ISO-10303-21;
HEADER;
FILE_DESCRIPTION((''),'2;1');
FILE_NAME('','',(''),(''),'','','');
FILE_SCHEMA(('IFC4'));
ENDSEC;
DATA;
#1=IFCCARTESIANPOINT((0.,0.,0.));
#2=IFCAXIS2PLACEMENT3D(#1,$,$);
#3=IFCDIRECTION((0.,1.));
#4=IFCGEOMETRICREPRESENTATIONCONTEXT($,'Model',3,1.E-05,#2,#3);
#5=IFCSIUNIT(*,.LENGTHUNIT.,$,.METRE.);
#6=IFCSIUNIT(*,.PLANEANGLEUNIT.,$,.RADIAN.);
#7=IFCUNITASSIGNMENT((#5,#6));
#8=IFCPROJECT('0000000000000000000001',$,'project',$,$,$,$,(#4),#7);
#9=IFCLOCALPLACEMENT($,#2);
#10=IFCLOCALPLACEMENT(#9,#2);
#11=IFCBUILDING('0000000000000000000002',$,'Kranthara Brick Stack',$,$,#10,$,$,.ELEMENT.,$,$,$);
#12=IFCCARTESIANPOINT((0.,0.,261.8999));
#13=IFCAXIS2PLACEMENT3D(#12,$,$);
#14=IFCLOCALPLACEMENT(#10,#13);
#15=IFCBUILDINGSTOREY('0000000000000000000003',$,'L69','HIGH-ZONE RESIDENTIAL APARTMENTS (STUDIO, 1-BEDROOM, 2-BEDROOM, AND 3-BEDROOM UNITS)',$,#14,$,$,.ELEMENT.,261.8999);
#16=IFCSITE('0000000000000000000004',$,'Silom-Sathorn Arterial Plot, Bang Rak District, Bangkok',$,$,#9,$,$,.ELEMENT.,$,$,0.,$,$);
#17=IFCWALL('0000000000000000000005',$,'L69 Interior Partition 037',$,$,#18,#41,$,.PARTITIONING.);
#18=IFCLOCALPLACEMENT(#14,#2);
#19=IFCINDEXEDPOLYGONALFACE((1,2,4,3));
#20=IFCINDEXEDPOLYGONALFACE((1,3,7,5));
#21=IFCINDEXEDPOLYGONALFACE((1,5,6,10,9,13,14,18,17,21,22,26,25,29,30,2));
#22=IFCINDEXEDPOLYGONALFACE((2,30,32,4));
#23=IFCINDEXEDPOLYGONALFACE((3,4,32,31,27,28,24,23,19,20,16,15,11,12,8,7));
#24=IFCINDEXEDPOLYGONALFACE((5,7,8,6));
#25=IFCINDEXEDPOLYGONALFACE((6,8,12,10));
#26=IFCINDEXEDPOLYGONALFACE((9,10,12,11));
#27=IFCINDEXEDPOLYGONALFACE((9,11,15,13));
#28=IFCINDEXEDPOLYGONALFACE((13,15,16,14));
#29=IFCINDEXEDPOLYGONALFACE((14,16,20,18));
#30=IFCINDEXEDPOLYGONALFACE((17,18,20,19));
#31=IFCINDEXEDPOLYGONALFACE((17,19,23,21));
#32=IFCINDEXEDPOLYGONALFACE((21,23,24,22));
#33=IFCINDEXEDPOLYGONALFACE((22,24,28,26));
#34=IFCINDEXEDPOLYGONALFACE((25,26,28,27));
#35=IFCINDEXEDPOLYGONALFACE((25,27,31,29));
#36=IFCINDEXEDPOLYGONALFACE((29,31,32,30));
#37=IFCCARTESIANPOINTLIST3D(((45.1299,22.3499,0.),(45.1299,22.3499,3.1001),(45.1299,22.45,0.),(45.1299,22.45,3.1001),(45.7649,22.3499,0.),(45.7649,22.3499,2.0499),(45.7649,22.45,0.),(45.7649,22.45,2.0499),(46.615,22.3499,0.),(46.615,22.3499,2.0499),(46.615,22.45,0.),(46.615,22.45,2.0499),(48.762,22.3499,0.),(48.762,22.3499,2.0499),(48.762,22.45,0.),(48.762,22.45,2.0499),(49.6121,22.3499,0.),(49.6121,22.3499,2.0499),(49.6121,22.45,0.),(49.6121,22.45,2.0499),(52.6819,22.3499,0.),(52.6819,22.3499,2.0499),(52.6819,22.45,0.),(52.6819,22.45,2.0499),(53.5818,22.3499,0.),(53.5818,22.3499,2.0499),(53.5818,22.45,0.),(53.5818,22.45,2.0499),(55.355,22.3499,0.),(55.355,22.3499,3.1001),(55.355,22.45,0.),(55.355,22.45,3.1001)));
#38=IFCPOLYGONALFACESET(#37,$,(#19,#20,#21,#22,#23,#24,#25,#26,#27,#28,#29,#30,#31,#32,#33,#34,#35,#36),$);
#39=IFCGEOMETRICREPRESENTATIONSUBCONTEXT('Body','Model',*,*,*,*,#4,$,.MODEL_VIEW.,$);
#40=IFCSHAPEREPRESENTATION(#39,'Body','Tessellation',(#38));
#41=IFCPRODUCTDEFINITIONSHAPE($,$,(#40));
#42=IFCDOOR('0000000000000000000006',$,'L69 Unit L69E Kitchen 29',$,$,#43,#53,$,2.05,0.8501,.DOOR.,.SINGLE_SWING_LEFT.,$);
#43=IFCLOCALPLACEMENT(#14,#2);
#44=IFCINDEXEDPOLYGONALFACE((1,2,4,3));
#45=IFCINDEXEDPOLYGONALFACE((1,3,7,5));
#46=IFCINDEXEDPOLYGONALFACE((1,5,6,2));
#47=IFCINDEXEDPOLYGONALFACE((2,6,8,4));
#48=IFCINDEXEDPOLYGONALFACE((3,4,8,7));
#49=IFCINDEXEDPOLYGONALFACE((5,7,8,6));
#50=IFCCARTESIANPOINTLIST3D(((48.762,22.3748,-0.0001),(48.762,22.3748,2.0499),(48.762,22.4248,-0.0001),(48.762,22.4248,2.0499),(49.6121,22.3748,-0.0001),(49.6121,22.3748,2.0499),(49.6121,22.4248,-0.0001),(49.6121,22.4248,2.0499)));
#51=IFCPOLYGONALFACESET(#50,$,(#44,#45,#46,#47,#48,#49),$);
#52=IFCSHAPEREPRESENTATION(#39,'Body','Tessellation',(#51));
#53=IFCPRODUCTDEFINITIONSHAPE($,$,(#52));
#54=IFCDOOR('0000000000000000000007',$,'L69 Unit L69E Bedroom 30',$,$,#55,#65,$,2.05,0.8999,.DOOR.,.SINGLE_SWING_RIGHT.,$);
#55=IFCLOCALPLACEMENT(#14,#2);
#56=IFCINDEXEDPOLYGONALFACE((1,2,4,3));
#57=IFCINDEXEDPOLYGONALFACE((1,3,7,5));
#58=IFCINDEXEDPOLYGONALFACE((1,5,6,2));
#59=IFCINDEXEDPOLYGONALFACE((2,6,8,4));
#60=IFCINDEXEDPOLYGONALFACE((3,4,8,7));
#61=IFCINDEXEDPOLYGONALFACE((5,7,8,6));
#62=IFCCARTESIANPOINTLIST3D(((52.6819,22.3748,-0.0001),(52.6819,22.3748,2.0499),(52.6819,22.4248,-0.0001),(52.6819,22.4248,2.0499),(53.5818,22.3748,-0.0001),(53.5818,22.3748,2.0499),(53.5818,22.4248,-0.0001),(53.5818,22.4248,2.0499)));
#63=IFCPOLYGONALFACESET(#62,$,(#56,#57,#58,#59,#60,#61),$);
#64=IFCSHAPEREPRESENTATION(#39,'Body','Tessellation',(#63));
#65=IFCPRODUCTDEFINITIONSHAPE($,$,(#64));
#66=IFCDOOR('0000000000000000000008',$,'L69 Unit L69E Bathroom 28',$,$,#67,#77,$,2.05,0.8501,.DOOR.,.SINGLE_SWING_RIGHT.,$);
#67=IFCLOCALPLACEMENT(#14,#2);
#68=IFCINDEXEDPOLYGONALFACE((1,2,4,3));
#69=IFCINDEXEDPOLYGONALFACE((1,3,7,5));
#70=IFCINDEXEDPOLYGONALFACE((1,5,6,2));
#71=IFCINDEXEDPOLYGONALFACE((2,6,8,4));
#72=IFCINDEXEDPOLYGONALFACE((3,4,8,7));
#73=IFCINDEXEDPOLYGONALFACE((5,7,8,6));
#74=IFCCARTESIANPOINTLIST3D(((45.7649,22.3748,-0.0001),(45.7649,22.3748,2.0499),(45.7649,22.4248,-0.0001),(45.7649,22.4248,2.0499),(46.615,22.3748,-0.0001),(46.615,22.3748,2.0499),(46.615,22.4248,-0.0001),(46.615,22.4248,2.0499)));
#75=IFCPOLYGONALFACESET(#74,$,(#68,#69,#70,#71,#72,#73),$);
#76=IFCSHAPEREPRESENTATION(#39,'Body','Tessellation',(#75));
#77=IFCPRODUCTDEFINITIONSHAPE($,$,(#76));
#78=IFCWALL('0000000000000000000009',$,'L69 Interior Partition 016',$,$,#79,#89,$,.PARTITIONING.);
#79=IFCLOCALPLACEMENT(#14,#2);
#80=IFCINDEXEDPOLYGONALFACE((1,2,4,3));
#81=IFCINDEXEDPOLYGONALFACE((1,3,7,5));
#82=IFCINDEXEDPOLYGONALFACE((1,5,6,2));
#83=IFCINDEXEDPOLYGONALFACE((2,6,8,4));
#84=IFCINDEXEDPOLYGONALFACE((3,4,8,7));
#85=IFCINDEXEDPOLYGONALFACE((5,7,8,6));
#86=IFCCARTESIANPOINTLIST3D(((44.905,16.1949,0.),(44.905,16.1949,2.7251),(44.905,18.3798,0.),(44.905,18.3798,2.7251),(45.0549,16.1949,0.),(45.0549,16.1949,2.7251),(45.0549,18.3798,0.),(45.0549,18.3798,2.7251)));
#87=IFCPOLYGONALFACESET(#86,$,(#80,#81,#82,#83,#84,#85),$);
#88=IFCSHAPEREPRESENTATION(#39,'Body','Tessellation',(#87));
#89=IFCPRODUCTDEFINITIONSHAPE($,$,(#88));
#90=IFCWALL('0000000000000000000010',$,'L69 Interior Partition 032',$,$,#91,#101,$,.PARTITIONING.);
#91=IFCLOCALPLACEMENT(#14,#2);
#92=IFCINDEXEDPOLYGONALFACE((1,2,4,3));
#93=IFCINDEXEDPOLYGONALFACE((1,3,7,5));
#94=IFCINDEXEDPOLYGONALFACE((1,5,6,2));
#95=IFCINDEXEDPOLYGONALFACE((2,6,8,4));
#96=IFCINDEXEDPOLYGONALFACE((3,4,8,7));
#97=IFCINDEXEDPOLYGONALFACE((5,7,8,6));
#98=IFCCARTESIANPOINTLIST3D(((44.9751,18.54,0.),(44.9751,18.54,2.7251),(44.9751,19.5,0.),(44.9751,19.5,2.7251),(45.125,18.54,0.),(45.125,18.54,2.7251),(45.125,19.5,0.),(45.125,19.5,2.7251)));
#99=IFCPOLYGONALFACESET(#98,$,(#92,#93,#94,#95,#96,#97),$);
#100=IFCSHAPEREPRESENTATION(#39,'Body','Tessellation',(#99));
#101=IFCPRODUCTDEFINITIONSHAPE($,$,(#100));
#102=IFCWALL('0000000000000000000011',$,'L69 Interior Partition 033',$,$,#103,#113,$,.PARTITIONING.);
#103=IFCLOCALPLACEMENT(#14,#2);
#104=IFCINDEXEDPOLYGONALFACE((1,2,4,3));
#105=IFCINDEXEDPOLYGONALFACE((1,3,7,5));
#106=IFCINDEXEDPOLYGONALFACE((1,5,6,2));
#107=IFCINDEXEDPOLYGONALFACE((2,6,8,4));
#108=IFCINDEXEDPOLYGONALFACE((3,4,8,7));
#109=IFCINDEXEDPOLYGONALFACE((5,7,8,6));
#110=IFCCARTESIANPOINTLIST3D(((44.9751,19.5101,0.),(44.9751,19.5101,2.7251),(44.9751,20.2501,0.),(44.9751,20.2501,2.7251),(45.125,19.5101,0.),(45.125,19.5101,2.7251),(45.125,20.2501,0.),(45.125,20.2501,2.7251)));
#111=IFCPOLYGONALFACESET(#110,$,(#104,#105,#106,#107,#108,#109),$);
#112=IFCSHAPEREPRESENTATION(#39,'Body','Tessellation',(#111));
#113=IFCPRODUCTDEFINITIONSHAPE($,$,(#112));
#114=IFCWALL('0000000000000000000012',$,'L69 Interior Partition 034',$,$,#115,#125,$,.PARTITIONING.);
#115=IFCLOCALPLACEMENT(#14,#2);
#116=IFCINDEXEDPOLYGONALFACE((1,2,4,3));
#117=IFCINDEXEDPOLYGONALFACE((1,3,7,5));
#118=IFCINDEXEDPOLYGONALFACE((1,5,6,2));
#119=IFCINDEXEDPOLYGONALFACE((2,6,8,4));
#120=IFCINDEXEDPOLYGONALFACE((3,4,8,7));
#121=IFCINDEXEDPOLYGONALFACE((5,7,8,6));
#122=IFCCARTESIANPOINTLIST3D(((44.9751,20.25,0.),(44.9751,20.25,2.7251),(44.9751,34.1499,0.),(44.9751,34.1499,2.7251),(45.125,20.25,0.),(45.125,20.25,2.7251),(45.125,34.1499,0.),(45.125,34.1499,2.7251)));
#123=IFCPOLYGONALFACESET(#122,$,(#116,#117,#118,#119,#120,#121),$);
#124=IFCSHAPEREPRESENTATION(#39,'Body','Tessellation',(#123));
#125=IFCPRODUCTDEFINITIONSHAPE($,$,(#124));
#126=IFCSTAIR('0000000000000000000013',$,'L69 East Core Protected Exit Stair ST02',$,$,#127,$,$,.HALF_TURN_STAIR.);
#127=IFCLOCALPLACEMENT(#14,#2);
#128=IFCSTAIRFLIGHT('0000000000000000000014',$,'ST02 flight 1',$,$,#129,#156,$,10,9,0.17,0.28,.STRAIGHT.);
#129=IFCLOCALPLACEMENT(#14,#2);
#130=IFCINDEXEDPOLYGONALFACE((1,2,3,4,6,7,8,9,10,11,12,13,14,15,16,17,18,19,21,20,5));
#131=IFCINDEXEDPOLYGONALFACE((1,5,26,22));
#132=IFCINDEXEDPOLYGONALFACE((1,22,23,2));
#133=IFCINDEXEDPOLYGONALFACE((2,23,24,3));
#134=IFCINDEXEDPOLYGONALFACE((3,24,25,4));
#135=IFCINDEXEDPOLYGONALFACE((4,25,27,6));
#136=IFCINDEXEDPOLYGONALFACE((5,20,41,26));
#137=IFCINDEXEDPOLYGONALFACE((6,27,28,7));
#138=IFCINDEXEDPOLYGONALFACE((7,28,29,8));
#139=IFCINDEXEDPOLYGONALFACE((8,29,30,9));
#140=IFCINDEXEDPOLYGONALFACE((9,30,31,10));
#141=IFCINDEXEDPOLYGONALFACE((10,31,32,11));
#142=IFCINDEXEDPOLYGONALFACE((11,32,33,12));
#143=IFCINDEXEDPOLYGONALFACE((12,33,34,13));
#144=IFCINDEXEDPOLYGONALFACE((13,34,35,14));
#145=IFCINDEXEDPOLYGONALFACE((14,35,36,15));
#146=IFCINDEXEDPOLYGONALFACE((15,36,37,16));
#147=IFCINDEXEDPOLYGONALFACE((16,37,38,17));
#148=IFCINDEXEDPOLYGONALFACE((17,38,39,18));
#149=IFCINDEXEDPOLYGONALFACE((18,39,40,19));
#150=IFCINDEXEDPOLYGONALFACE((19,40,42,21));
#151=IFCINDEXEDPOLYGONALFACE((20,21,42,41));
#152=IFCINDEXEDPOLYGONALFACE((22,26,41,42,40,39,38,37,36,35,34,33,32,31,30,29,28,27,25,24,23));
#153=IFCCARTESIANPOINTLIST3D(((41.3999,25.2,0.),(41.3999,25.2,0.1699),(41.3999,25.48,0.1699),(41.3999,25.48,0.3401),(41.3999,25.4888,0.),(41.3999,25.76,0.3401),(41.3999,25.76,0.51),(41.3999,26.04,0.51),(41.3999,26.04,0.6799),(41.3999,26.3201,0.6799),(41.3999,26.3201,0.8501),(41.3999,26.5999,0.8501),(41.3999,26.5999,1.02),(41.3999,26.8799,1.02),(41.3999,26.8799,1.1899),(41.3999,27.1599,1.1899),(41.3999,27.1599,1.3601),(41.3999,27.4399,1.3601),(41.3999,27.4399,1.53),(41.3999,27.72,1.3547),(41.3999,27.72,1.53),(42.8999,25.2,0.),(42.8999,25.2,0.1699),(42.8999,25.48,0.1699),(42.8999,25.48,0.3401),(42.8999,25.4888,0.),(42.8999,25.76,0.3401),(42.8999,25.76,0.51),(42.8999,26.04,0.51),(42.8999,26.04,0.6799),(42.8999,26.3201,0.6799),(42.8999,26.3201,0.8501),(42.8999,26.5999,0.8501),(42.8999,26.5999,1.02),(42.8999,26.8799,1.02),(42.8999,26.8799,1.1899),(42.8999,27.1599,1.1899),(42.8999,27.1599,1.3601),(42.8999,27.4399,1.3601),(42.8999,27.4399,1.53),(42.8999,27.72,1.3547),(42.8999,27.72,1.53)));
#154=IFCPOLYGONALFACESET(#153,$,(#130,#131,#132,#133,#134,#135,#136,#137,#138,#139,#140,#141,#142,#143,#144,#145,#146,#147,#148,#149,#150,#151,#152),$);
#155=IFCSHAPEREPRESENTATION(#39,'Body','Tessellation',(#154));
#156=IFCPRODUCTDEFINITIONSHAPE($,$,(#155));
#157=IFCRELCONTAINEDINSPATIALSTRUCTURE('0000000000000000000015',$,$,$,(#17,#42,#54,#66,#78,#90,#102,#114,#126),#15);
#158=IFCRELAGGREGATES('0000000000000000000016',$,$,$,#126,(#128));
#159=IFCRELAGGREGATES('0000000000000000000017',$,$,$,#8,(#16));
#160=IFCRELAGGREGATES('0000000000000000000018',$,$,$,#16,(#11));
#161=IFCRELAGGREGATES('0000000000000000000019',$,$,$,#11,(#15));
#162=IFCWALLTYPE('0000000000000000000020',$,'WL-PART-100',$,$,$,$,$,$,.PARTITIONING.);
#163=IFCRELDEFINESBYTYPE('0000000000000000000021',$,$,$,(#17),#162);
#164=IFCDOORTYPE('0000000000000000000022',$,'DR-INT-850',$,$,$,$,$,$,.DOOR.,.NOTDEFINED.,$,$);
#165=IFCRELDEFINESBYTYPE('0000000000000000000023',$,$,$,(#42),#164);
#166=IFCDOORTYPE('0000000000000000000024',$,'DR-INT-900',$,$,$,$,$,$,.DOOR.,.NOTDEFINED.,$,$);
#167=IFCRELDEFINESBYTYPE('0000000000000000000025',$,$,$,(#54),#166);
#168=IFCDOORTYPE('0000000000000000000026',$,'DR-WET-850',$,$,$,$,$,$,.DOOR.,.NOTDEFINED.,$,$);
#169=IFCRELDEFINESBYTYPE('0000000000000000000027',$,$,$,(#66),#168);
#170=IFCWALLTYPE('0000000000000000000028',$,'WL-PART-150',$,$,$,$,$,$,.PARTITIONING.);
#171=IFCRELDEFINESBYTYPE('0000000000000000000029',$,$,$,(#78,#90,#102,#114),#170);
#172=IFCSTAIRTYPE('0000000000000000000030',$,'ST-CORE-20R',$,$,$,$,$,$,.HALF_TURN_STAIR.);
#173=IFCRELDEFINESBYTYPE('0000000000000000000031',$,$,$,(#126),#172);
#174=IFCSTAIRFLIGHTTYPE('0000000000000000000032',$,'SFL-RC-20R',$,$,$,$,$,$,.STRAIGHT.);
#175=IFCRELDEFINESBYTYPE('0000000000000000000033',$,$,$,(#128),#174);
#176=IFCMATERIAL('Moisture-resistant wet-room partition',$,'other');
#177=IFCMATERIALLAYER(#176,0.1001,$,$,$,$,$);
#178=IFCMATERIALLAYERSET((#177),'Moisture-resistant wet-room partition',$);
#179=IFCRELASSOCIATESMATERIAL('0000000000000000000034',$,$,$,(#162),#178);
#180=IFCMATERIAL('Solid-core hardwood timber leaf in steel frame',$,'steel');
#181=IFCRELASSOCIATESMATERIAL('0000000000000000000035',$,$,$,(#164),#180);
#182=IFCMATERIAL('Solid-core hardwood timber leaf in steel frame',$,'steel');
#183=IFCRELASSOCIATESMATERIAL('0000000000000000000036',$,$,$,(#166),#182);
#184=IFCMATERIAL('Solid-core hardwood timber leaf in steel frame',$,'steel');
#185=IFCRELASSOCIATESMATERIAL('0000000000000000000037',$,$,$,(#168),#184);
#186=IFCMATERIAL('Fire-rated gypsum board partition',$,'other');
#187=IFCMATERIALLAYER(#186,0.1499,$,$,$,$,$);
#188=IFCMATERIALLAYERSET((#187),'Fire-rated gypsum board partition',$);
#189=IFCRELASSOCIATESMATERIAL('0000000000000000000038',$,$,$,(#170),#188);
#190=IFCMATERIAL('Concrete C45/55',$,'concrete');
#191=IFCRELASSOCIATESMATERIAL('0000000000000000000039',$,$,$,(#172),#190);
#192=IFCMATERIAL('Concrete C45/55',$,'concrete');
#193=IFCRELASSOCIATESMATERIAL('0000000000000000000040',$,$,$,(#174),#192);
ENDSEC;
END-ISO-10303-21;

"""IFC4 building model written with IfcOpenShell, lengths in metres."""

from ifc_helpers import new_model, si_unit, direction, frame, frame_2d, origin, place, context, subcontext, project, spatial, polyline, rectangle, outline, extrude, material, layer, layer_set, type_object, element, fill, aggregate, save


model = new_model("IFC4")

# Units and contexts
model_context = context("Model", 3, precision=1e-05, world=origin(), true_north=direction((0.0, 1.0)))
body_context = subcontext(model_context, "Body", "Model", "MODEL_VIEW")
ifc_project = project(units=[si_unit("LENGTHUNIT", "METRE"), si_unit("PLANEANGLEUNIT", "RADIAN")], contexts=[model_context])

# Site, building, storey
site_placement = place(None, origin())
site = spatial("IfcSite", under=ifc_project, at=site_placement, Name="Silom-Sathorn Arterial Plot, Bang Rak District, Bangkok", CompositionType="ELEMENT", RefElevation=0.0)
building_placement = place(site_placement, origin())
building = spatial("IfcBuilding", under=site, at=building_placement, Name="Kranthara Brick Stack", CompositionType="ELEMENT")
storey_placement = place(building_placement, frame((0.0, 0.0, 261.8999)))
storey = spatial("IfcBuildingStorey", under=building, at=storey_placement, Name="L69", Description="HIGH-ZONE RESIDENTIAL APARTMENTS (STUDIO, 1-BEDROOM, 2-BEDROOM, AND 3-BEDROOM UNITS)", CompositionType="ELEMENT", Elevation=261.8999)

# Wall, openings, doors
ifc_material_1 = material(Name="Moisture-resistant wet-room partition", Category="other")
ifc_layer_1 = layer(ifc_material_1, 0.1001)
ifc_layer_set_1 = layer_set([ifc_layer_1], Name="Moisture-resistant wet-room partition")
wall_type_1 = type_object("IfcWallType", Name="WL-PART-100", PredefinedType="PARTITIONING", material=ifc_layer_set_1)
wall_1_placement = place(storey_placement, frame((45.1299, 22.3999, 0.0), z_axis=(0.0, 0.0, 1.0), x_axis=(1.0, 0.0, 0.0)))
wall_1 = element("IfcWall", 1, at=wall_1_placement, inside=storey, type_object=wall_type_1, Name="L69 Interior Partition 037", PredefinedType="PARTITIONING", context=body_context, shape_type="SweptSolid", body=[
    extrude(rectangle(XDim=10.2251, YDim=0.1001, at=frame_2d((5.1125, 0.0))), origin(), (0.0, 0.0, 1.0), 3.1001),
])
opening_1_placement = place(wall_1_placement, frame((0.635, 0.0, 0.0)))
opening_1 = element("IfcOpeningElement", 2, at=opening_1_placement, cuts=wall_1, PredefinedType="OPENING", context=body_context, shape_type="SweptSolid", body=[
    extrude(rectangle(XDim=0.8501, YDim=2.05, at=frame_2d((0.425, 1.0249))), frame((0.0, 0.0601, 0.0), z_axis=(0.0, -1.0, 0.0), x_axis=(1.0, 0.0, 0.0)), (0.0, 0.0, 1.0), 0.1201),
])
opening_2_placement = place(wall_1_placement, frame((3.6321, 0.0, 0.0)))
opening_2 = element("IfcOpeningElement", 3, at=opening_2_placement, cuts=wall_1, PredefinedType="OPENING", context=body_context, shape_type="SweptSolid", body=[
    extrude(rectangle(XDim=0.8501, YDim=2.05, at=frame_2d((0.425, 1.0249))), frame((0.0, 0.0601, 0.0), z_axis=(0.0, -1.0, 0.0), x_axis=(1.0, 0.0, 0.0)), (0.0, 0.0, 1.0), 0.1201),
])
opening_3_placement = place(wall_1_placement, frame((7.552, 0.0, 0.0)))
opening_3 = element("IfcOpeningElement", 4, at=opening_3_placement, cuts=wall_1, PredefinedType="OPENING", context=body_context, shape_type="SweptSolid", body=[
    extrude(rectangle(XDim=0.8999, YDim=2.05, at=frame_2d((0.45, 1.0249))), frame((0.0, 0.0601, 0.0), z_axis=(0.0, -1.0, 0.0), x_axis=(1.0, 0.0, 0.0)), (0.0, 0.0, 1.0), 0.1201),
])
ifc_material_2 = material(Name="Solid-core hardwood timber leaf in steel frame", Category="steel")
door_type_1 = type_object("IfcDoorType", Name="DR-INT-850", OperationType="NOTDEFINED", PredefinedType="DOOR", material=ifc_material_2)
door_1_placement = place(opening_2_placement, origin())
door_1 = element("IfcDoor", 5, at=door_1_placement, inside=storey, type_object=door_type_1, Name="L69 Unit L69E Kitchen 29", OperationType="SINGLE_SWING_LEFT", OverallHeight=2.05, OverallWidth=0.8501, PredefinedType="DOOR", context=body_context, shape_type="SweptSolid", body=[
    extrude(rectangle(XDim=0.8501, YDim=2.05, at=frame_2d((0.425, 1.0249))), frame((0.0, 0.0249, 0.0), z_axis=(0.0, -1.0, 0.0), x_axis=(1.0, 0.0, 0.0)), (0.0, 0.0, 1.0), 0.05),
])
fill(opening_2, door_1)
ifc_material_3 = material(Name="Solid-core hardwood timber leaf in steel frame", Category="steel")
door_type_2 = type_object("IfcDoorType", Name="DR-INT-900", OperationType="NOTDEFINED", PredefinedType="DOOR", material=ifc_material_3)
door_2_placement = place(opening_3_placement, origin())
door_2 = element("IfcDoor", 6, at=door_2_placement, inside=storey, type_object=door_type_2, Name="L69 Unit L69E Bedroom 30", OperationType="SINGLE_SWING_RIGHT", OverallHeight=2.05, OverallWidth=0.8999, PredefinedType="DOOR", context=body_context, shape_type="SweptSolid", body=[
    extrude(rectangle(XDim=0.8999, YDim=2.05, at=frame_2d((0.45, 1.0249))), frame((0.0, 0.0249, 0.0), z_axis=(0.0, -1.0, 0.0), x_axis=(1.0, 0.0, 0.0)), (0.0, 0.0, 1.0), 0.05),
])
fill(opening_3, door_2)
ifc_material_4 = material(Name="Solid-core hardwood timber leaf in steel frame", Category="steel")
door_type_3 = type_object("IfcDoorType", Name="DR-WET-850", OperationType="NOTDEFINED", PredefinedType="DOOR", material=ifc_material_4)
door_3_placement = place(opening_1_placement, origin())
door_3 = element("IfcDoor", 7, at=door_3_placement, inside=storey, type_object=door_type_3, Name="L69 Unit L69E Bathroom 28", OperationType="SINGLE_SWING_RIGHT", OverallHeight=2.05, OverallWidth=0.8501, PredefinedType="DOOR", context=body_context, shape_type="SweptSolid", body=[
    extrude(rectangle(XDim=0.8501, YDim=2.05, at=frame_2d((0.425, 1.0249))), frame((0.0, 0.0249, 0.0), z_axis=(0.0, -1.0, 0.0), x_axis=(1.0, 0.0, 0.0)), (0.0, 0.0, 1.0), 0.05),
])
fill(opening_1, door_3)

# Walls
ifc_material_5 = material(Name="Fire-rated gypsum board partition", Category="other")
ifc_layer_2 = layer(ifc_material_5, 0.1499)
ifc_layer_set_2 = layer_set([ifc_layer_2], Name="Fire-rated gypsum board partition")
wall_type_2 = type_object("IfcWallType", Name="WL-PART-150", PredefinedType="PARTITIONING", material=ifc_layer_set_2)
wall_2_placement = place(storey_placement, frame((44.98, 16.1951, 0.0), z_axis=(0.0, 0.0, 1.0), x_axis=(0.0, 1.0, 0.0)))
element("IfcWall", 8, at=wall_2_placement, inside=storey, type_object=wall_type_2, Name="L69 Interior Partition 016", PredefinedType="PARTITIONING", context=body_context, shape_type="SweptSolid", body=[
    extrude(rectangle(XDim=2.1848, YDim=0.1499, at=frame_2d((1.0923, 0.0))), origin(), (0.0, 0.0, 1.0), 2.7251),
])
wall_3_placement = place(storey_placement, frame((45.05, 19.5, 0.0), z_axis=(0.0, 0.0, 1.0), x_axis=(0.0, -1.0, 0.0)))
element("IfcWall", 9, at=wall_3_placement, inside=storey, type_object=wall_type_2, Name="L69 Interior Partition 032", PredefinedType="PARTITIONING", context=body_context, shape_type="SweptSolid", body=[
    extrude(rectangle(XDim=0.96, YDim=0.1499, at=frame_2d((0.48, 0.0))), origin(), (0.0, 0.0, 1.0), 2.7251),
])
wall_4_placement = place(storey_placement, frame((45.05, 19.51, 0.0), z_axis=(0.0, 0.0, 1.0), x_axis=(0.0, 1.0, 0.0)))
element("IfcWall", 10, at=wall_4_placement, inside=storey, type_object=wall_type_2, Name="L69 Interior Partition 033", PredefinedType="PARTITIONING", context=body_context, shape_type="SweptSolid", body=[
    extrude(rectangle(XDim=0.74, YDim=0.1499, at=frame_2d((0.3701, 0.0))), origin(), (0.0, 0.0, 1.0), 2.7251),
])
wall_5_placement = place(storey_placement, frame((45.05, 20.25, 0.0), z_axis=(0.0, 0.0, 1.0), x_axis=(0.0, 1.0, 0.0)))
element("IfcWall", 11, at=wall_5_placement, inside=storey, type_object=wall_type_2, Name="L69 Interior Partition 034", PredefinedType="PARTITIONING", context=body_context, shape_type="SweptSolid", body=[
    extrude(rectangle(XDim=13.8999, YDim=0.1499, at=frame_2d((6.95, 0.0))), origin(), (0.0, 0.0, 1.0), 2.7251),
])

# Stair, stair flight
ifc_material_6 = material(Name="Concrete C45/55", Category="concrete")
stair_type = type_object("IfcStairType", Name="ST-CORE-20R", PredefinedType="HALF_TURN_STAIR", material=ifc_material_6)
stair_placement = place(storey_placement, origin())
stair = element("IfcStair", 12, at=stair_placement, inside=storey, type_object=stair_type, Name="L69 East Core Protected Exit Stair ST02", PredefinedType="HALF_TURN_STAIR")
ifc_material_7 = material(Name="Concrete C45/55", Category="concrete")
stair_flight_type = type_object("IfcStairFlightType", Name="SFL-RC-20R", PredefinedType="STRAIGHT", material=ifc_material_7)
stair_flight_placement = place(storey_placement, frame((42.1499, 25.2, 0.0), z_axis=(0.0, 0.0, 1.0), x_axis=(0.0, 1.0, 0.0)))
stair_flight = element("IfcStairFlight", 13, at=stair_flight_placement, type_object=stair_flight_type, Name="ST02 flight 1", NumberOfRisers=10, NumberOfTreads=9, PredefinedType="STRAIGHT", RiserHeight=0.17, TreadLength=0.28, context=body_context, shape_type="SweptSolid", body=[
    extrude(outline(polyline([(0.0, 0.0), (0.0, 0.1699), (0.28, 0.1699), (0.28, 0.3401), (0.5601, 0.3401), (0.5601, 0.51), (0.8401, 0.51), (0.8401, 0.6799), (1.1201, 0.6799), (1.1201, 0.8501), (1.3999, 0.8501), (1.3999, 1.02), (1.6799, 1.02), (1.6799, 1.1899), (1.96, 1.1899), (1.96, 1.3601), (2.24, 1.3601), (2.24, 1.53), (2.52, 1.53), (2.52, 1.7), (2.52, 1.3547), (0.2888, 0.0), (0.0, 0.0)])), frame((0.0, 0.75, 0.0), z_axis=(0.0, -1.0, 0.0), x_axis=(1.0, 0.0, 0.0)), (0.0, 0.0, 1.0), 1.5),
])
aggregate(stair, [stair_flight])

save(model, "model.ifc")
